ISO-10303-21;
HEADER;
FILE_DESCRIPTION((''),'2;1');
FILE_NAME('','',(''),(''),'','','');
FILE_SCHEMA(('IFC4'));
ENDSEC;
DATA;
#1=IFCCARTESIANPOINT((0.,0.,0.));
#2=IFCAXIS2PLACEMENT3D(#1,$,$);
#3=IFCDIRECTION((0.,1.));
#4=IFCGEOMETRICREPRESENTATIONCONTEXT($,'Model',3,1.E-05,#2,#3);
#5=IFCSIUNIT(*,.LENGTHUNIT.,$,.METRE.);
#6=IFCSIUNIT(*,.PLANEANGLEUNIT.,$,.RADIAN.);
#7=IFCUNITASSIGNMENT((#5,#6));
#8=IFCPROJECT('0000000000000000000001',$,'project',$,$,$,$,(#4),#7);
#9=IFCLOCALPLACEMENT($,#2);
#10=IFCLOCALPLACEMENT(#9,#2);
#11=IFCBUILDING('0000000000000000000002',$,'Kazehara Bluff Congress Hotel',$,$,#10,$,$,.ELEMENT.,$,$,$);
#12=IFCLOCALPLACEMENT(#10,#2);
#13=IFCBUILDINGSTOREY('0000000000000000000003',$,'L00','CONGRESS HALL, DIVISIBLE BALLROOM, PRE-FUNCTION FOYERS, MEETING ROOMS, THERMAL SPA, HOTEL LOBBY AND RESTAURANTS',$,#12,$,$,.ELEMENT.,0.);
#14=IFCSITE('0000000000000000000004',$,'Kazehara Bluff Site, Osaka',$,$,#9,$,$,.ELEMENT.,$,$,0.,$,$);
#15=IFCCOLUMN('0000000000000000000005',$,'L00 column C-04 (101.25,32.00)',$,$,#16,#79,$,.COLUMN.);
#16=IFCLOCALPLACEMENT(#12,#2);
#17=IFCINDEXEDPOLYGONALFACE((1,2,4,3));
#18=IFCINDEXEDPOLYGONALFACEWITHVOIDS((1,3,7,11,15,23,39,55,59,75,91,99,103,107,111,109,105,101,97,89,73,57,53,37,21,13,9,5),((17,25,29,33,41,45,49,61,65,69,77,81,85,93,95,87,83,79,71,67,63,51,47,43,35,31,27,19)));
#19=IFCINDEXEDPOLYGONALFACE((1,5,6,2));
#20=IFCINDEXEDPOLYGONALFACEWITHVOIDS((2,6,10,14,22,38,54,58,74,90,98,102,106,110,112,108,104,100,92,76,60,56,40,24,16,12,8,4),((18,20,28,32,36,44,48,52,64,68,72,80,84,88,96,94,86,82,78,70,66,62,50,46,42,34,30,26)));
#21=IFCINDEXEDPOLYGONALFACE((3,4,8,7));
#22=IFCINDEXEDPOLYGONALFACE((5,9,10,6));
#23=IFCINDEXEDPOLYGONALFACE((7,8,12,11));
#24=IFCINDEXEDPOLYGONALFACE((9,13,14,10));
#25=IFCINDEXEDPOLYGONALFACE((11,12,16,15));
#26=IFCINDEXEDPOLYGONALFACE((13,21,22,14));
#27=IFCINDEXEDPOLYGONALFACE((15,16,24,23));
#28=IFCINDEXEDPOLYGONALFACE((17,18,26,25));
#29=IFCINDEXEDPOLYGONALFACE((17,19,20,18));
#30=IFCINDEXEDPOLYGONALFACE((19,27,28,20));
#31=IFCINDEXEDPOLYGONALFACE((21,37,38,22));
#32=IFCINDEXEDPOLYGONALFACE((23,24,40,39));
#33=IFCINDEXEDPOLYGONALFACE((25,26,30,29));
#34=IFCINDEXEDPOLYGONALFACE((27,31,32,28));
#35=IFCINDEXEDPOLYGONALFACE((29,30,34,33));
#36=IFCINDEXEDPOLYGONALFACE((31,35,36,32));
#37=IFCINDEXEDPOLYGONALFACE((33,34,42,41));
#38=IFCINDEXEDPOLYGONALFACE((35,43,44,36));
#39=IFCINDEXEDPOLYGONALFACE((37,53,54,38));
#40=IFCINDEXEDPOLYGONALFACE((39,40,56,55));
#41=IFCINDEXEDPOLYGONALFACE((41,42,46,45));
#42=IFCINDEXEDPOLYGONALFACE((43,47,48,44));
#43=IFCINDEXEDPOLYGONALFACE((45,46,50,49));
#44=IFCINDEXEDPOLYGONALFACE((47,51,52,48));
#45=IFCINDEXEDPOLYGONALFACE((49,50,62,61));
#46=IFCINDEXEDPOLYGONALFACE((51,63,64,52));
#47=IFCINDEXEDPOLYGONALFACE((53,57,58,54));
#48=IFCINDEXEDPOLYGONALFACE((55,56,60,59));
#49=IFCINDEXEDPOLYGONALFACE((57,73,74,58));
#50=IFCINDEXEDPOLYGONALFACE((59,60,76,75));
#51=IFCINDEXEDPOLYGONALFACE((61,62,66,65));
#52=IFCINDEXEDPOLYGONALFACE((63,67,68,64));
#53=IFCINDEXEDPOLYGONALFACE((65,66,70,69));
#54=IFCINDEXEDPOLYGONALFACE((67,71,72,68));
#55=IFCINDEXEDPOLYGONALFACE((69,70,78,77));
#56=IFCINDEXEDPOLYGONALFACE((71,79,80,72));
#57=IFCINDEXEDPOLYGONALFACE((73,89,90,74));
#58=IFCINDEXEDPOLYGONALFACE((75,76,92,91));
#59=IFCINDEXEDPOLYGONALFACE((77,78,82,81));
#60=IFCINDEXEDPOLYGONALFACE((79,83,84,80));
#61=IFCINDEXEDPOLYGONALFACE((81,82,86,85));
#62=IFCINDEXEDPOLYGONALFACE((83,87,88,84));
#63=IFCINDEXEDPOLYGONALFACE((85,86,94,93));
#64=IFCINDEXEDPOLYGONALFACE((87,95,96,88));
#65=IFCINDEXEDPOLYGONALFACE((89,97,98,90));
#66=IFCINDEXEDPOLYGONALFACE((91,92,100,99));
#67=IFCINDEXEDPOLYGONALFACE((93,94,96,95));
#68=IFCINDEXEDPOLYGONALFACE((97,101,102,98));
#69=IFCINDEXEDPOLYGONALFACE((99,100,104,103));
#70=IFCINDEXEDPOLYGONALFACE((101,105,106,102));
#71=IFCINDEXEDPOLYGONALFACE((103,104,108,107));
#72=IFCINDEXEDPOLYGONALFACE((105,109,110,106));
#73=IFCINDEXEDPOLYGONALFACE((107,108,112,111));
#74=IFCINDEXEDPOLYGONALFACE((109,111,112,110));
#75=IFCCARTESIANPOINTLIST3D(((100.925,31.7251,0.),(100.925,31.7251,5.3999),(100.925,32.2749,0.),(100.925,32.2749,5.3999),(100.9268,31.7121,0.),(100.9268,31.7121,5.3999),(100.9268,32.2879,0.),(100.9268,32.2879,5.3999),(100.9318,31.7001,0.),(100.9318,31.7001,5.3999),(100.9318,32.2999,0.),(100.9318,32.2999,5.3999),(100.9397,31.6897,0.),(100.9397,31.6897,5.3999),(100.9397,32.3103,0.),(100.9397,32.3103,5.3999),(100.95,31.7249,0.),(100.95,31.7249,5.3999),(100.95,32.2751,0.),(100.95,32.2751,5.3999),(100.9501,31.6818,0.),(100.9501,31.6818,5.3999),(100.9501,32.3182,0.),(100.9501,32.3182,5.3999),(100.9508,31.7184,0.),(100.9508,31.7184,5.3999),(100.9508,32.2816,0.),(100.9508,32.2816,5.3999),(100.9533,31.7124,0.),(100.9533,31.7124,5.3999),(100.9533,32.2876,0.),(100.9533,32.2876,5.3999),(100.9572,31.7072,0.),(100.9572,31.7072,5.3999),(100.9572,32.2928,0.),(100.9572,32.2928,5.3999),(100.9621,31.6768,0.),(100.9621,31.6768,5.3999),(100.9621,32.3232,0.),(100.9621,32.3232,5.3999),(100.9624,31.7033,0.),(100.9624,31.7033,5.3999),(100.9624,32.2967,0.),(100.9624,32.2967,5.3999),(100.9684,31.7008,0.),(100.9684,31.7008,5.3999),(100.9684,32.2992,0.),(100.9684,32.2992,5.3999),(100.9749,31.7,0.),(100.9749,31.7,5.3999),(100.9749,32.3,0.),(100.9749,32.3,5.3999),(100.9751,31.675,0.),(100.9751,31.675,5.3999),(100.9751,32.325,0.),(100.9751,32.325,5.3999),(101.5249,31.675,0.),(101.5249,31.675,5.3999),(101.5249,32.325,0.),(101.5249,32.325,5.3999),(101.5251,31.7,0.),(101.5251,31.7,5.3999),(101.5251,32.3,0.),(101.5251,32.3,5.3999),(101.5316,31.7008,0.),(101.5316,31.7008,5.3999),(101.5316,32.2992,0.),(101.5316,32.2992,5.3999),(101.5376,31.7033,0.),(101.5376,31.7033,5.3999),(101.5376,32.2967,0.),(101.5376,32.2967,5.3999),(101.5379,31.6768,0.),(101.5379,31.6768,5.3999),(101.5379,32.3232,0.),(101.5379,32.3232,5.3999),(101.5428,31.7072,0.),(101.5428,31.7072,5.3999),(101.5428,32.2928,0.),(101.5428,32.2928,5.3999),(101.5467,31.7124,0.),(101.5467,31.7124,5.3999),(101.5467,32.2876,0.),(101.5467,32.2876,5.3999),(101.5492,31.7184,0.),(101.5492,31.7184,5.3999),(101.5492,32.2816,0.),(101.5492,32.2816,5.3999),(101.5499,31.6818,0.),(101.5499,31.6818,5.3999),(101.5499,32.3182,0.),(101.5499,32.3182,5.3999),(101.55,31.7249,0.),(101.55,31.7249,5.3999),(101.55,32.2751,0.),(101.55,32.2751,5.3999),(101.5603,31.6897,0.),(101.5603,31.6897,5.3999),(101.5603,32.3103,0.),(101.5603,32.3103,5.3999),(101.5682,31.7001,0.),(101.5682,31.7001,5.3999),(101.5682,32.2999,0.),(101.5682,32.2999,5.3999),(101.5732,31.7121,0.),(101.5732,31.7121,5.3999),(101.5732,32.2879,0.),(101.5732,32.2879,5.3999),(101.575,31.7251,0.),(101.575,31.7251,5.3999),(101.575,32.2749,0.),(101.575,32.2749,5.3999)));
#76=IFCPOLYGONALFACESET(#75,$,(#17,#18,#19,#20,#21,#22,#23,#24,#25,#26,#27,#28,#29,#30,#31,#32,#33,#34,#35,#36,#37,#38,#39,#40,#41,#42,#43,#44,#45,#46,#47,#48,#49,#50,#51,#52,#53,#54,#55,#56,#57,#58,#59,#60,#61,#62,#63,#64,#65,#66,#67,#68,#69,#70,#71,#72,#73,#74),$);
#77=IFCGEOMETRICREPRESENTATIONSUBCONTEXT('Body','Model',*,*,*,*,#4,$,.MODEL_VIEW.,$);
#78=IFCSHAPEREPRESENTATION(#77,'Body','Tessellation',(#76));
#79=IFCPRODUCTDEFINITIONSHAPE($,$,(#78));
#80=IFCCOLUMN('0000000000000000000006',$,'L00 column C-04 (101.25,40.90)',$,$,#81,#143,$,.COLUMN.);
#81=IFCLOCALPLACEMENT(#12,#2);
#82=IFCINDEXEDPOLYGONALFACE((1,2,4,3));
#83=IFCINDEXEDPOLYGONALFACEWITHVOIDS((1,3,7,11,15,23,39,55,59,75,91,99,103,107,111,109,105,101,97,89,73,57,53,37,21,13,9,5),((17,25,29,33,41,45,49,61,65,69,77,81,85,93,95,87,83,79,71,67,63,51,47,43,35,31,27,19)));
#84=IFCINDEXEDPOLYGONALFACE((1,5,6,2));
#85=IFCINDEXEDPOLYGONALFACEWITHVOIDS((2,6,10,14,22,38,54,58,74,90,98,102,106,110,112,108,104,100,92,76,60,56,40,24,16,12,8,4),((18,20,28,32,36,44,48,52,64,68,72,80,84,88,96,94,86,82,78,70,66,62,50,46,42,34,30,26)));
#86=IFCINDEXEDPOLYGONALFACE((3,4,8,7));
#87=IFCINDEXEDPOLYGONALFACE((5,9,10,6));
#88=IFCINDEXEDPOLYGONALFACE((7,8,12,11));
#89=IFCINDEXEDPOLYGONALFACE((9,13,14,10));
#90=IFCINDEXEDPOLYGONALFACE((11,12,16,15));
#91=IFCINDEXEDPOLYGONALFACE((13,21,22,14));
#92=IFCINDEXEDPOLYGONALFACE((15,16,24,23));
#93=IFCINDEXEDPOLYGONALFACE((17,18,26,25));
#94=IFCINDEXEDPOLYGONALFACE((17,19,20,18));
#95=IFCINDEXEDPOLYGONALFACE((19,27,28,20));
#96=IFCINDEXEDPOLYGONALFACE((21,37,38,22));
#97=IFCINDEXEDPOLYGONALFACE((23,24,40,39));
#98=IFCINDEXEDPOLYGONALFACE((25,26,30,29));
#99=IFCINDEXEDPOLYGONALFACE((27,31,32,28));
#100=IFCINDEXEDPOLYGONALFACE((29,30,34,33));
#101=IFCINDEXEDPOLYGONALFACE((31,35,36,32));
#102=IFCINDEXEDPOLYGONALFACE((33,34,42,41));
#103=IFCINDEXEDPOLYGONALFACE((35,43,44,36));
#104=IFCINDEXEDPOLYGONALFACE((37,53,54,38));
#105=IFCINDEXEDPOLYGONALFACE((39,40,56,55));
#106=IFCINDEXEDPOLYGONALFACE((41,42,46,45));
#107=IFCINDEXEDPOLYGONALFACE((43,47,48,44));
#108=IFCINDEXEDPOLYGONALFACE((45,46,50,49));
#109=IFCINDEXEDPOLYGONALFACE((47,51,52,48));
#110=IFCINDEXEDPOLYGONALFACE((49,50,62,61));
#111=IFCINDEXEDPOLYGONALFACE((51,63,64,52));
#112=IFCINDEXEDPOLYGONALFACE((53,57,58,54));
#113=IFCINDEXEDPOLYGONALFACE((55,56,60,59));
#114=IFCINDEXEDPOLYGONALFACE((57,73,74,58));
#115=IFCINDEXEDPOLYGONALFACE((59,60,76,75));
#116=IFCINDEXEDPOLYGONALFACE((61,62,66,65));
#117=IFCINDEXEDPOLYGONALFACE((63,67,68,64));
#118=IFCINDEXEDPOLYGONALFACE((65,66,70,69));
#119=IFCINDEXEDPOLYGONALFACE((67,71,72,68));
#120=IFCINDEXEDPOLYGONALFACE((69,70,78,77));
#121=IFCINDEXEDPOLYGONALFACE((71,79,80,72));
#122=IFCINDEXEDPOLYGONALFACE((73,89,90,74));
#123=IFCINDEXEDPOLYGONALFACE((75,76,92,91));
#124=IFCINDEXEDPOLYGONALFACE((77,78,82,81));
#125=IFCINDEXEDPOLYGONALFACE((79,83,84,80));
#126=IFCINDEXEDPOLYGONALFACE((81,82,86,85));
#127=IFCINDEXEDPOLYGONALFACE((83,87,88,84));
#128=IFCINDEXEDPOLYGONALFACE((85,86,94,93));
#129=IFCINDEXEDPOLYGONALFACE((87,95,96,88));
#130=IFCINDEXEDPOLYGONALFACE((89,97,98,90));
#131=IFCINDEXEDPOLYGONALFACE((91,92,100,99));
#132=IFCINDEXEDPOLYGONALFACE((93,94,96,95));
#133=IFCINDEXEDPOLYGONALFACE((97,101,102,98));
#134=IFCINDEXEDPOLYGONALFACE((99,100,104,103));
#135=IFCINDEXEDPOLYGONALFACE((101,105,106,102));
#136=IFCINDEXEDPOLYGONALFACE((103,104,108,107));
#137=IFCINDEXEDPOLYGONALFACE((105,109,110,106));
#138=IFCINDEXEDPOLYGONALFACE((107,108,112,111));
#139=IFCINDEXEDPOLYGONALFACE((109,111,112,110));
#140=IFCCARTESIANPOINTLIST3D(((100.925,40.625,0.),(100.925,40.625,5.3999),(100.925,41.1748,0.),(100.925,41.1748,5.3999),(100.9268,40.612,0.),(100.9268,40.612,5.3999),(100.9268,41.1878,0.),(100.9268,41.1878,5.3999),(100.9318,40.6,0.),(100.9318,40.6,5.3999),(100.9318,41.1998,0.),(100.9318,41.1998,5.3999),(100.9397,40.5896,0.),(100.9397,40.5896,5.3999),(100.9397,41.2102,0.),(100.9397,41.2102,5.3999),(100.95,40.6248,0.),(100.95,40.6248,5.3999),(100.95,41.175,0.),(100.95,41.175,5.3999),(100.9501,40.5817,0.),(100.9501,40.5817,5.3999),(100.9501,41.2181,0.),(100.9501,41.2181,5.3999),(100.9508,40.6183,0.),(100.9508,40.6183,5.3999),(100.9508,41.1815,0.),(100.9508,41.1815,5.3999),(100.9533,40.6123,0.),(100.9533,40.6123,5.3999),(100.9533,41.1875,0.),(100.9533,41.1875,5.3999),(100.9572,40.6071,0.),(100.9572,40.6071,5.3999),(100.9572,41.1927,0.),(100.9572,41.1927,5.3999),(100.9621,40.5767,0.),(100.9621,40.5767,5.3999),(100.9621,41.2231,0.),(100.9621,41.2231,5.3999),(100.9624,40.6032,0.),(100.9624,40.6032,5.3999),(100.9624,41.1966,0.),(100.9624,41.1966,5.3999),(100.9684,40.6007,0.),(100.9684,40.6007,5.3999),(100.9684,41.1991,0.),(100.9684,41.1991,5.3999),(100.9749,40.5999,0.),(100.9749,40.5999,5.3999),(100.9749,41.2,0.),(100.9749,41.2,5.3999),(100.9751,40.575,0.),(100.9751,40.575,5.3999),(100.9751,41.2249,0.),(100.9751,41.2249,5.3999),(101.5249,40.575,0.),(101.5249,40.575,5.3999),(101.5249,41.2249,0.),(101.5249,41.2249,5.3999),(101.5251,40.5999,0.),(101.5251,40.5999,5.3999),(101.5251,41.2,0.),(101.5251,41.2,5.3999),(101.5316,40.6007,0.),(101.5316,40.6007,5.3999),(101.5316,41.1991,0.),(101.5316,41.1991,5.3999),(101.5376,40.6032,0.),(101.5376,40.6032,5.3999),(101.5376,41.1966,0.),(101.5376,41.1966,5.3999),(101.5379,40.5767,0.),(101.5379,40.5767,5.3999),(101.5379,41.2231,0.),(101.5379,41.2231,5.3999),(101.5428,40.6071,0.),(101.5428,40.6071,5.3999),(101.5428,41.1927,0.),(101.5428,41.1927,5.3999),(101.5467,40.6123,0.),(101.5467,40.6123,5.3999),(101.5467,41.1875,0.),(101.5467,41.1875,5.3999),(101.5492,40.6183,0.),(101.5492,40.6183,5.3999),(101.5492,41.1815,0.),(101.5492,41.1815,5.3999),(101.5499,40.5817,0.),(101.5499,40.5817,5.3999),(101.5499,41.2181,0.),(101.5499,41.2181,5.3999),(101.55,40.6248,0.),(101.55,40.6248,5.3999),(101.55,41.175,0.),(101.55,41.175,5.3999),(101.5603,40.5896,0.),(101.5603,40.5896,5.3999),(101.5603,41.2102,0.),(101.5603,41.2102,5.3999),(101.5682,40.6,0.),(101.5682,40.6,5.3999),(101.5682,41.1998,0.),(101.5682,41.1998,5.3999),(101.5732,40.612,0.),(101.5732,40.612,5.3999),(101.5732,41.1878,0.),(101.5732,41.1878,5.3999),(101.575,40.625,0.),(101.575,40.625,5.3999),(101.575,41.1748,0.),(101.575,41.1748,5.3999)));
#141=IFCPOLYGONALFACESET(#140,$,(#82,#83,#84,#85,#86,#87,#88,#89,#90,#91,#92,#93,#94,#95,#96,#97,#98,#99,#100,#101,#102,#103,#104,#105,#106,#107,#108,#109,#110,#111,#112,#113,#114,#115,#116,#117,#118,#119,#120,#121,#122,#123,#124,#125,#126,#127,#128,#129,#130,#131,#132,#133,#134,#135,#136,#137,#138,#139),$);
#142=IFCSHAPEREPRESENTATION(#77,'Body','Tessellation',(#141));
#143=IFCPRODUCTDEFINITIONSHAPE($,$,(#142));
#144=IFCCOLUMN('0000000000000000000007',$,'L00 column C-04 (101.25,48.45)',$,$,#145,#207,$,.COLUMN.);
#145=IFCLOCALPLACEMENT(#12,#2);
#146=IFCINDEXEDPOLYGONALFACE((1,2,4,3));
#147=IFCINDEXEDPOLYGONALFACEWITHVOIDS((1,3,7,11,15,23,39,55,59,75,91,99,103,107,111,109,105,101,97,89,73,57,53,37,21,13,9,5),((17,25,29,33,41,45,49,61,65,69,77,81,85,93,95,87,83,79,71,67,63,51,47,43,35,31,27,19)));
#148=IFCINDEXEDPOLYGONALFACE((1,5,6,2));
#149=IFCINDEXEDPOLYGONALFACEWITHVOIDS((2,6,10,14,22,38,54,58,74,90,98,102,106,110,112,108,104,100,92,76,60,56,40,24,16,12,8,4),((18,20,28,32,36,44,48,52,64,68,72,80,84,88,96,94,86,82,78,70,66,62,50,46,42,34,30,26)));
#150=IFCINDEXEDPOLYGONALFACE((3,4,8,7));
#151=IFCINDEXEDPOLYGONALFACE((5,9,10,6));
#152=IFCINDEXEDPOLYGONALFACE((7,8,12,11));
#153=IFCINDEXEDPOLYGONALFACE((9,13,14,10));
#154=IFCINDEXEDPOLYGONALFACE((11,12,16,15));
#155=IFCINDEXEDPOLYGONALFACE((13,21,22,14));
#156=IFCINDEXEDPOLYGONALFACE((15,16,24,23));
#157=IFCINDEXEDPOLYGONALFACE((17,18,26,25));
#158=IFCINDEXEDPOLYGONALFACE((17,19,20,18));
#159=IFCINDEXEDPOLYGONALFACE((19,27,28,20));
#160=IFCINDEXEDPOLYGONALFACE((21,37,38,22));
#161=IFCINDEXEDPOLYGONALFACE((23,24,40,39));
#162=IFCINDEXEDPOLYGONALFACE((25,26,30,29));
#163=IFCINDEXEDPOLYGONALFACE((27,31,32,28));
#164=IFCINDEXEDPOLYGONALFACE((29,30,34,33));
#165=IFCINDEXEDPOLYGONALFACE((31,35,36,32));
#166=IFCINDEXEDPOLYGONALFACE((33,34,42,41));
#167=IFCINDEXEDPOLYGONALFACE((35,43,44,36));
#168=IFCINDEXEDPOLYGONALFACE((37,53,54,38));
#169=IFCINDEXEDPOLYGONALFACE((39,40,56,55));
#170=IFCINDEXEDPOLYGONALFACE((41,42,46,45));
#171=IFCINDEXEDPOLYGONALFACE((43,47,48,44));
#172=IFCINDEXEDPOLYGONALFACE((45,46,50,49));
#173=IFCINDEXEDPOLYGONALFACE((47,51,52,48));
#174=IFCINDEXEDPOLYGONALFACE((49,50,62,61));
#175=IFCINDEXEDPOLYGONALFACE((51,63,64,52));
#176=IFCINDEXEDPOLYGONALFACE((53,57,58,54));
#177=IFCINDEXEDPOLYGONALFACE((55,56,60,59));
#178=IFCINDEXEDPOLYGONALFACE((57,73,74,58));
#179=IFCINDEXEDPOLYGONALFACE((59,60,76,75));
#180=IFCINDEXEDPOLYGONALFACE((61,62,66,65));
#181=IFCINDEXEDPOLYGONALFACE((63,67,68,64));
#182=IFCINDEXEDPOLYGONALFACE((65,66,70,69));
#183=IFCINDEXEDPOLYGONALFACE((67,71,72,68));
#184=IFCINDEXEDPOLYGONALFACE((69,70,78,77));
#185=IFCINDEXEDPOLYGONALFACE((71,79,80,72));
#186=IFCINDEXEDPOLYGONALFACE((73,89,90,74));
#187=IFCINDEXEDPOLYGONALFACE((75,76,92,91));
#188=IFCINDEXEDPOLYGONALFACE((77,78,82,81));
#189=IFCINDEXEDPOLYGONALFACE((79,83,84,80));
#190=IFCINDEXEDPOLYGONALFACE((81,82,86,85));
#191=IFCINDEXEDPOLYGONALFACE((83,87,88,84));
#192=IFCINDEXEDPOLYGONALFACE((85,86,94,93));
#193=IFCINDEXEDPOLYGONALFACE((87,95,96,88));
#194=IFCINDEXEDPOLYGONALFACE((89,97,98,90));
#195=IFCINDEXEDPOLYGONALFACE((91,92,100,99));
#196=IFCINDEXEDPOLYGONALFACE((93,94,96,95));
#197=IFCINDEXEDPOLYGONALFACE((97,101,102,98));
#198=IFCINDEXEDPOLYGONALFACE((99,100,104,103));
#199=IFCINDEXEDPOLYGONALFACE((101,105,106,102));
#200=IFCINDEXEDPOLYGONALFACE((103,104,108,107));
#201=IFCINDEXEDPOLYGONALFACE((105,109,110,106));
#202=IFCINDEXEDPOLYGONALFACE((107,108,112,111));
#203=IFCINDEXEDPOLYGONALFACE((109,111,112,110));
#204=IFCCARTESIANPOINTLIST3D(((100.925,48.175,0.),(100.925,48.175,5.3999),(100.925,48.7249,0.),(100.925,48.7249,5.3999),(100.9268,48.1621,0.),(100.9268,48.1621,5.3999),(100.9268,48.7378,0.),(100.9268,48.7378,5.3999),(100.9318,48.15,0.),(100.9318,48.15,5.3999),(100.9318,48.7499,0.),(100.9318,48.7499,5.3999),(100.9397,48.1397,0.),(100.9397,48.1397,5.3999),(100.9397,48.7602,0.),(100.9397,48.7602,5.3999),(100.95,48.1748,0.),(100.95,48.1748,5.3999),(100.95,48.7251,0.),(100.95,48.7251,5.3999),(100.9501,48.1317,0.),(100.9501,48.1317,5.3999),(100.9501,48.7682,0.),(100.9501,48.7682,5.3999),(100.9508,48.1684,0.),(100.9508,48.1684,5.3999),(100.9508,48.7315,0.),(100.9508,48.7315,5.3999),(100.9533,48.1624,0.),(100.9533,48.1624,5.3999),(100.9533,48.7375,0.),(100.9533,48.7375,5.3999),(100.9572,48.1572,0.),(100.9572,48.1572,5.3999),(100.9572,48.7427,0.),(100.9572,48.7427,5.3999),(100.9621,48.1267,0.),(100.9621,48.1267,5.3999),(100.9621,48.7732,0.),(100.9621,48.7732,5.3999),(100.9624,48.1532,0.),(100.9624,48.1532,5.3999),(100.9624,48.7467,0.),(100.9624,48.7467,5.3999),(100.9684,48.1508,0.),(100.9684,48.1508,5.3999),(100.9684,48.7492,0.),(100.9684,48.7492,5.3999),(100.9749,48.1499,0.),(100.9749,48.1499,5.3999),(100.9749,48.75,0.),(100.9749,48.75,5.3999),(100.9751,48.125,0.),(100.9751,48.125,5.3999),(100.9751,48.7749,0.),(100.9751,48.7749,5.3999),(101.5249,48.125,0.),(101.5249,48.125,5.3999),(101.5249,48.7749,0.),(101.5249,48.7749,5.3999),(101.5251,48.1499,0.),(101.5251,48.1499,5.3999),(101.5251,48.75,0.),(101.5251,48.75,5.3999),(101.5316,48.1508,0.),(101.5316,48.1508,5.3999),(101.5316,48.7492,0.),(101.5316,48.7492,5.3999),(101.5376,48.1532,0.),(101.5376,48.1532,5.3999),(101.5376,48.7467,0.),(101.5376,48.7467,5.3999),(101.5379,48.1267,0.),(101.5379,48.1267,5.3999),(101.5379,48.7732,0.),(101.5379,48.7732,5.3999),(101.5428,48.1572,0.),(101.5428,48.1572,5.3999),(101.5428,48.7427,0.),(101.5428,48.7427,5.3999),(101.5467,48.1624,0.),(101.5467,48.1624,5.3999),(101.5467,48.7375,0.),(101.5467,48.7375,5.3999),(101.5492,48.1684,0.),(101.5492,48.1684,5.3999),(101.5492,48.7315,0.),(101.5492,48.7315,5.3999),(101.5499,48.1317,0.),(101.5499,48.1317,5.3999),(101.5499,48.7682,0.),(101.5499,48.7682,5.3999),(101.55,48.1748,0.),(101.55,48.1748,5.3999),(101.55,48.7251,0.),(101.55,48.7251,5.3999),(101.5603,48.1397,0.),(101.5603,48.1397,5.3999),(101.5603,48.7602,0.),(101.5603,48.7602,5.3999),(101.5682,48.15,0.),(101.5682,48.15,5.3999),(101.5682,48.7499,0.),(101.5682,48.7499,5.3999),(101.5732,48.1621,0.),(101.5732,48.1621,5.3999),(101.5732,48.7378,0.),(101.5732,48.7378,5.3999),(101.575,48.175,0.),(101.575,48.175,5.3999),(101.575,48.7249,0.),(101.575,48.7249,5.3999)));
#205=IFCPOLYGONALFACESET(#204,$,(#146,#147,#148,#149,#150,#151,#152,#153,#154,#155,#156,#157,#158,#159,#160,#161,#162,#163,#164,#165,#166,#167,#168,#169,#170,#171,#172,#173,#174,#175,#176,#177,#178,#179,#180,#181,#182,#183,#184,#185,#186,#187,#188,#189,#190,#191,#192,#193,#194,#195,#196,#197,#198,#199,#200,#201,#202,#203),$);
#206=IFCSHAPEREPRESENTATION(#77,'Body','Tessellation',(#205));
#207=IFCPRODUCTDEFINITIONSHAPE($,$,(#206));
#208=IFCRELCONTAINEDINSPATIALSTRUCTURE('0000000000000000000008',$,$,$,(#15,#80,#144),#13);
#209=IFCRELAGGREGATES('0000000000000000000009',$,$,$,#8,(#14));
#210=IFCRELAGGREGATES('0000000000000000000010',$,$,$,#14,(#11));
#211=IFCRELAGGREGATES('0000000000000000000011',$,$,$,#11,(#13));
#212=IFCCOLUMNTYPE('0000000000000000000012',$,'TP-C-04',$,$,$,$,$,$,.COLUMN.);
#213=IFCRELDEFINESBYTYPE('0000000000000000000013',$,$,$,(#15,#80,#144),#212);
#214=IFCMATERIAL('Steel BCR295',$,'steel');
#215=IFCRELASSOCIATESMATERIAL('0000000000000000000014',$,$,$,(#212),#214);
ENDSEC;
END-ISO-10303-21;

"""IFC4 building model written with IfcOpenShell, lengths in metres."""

from ifc_helpers import new_model, si_unit, direction, frame, origin, origin_2d, place, context, subcontext, project, spatial, hollow_rectangle, extrude, material, material_profile, profile_set, type_object, element, save


model = new_model("IFC4")

# Units and contexts
model_context = context("Model", 3, precision=1e-05, world=origin(), true_north=direction((0.0, 1.0)))
body_context = subcontext(model_context, "Body", "Model", "MODEL_VIEW")
ifc_project = project(units=[si_unit("LENGTHUNIT", "METRE"), si_unit("PLANEANGLEUNIT", "RADIAN")], contexts=[model_context])

# Site, building, storey
site_placement = place(None, origin())
site = spatial("IfcSite", under=ifc_project, at=site_placement, Name="Kazehara Bluff Site, Osaka", CompositionType="ELEMENT", RefElevation=0.0)
building_placement = place(site_placement, origin())
building = spatial("IfcBuilding", under=site, at=building_placement, Name="Kazehara Bluff Congress Hotel", CompositionType="ELEMENT")
storey_placement = place(building_placement, origin())
storey = spatial("IfcBuildingStorey", under=building, at=storey_placement, Name="L00", Description="CONGRESS HALL, DIVISIBLE BALLROOM, PRE-FUNCTION FOYERS, MEETING ROOMS, THERMAL SPA, HOTEL LOBBY AND RESTAURANTS", CompositionType="ELEMENT", Elevation=0.0)

# Columns
ifc_material_1 = material(Name="Steel BCR295", Category="steel")
ifc_material_profile_1 = material_profile(ifc_material_1, hollow_rectangle(XDim=0.6499, YDim=0.6499, WallThickness=0.0249, InnerFilletRadius=0.0249, OuterFilletRadius=0.05, at=origin_2d()))
ifc_profile_set_1 = profile_set([ifc_material_profile_1], Name="Steel BCR295")
column_type = type_object("IfcColumnType", Name="TP-C-04", PredefinedType="COLUMN", material=ifc_profile_set_1)
for number, where, z_axis, x_axis, name in (
    (1, (101.25, 32.0, 0.0), (0.0, 0.0, 1.0), (1.0, 0.0, 0.0), "L00 column C-04 (101.25,32.00)"),
    (2, (101.25, 40.8999, 0.0), (0.0, 0.0, 1.0), (1.0, 0.0, 0.0), "L00 column C-04 (101.25,40.90)"),
    (3, (101.25, 48.45, 0.0), (0.0, 0.0, 1.0), (1.0, 0.0, 0.0), "L00 column C-04 (101.25,48.45)"),
):
    element("IfcColumn", number, at=place(storey_placement, frame(where, z_axis=z_axis, x_axis=x_axis)), inside=storey, type_object=column_type, Name=name, PredefinedType="COLUMN", context=body_context, shape_type="SweptSolid", body=[
        extrude(hollow_rectangle(XDim=0.6499, YDim=0.6499, WallThickness=0.0249, InnerFilletRadius=0.0249, OuterFilletRadius=0.05, at=origin_2d()), origin(), (0.0, 0.0, 1.0), 5.3999),
    ])

save(model, "model.ifc")
